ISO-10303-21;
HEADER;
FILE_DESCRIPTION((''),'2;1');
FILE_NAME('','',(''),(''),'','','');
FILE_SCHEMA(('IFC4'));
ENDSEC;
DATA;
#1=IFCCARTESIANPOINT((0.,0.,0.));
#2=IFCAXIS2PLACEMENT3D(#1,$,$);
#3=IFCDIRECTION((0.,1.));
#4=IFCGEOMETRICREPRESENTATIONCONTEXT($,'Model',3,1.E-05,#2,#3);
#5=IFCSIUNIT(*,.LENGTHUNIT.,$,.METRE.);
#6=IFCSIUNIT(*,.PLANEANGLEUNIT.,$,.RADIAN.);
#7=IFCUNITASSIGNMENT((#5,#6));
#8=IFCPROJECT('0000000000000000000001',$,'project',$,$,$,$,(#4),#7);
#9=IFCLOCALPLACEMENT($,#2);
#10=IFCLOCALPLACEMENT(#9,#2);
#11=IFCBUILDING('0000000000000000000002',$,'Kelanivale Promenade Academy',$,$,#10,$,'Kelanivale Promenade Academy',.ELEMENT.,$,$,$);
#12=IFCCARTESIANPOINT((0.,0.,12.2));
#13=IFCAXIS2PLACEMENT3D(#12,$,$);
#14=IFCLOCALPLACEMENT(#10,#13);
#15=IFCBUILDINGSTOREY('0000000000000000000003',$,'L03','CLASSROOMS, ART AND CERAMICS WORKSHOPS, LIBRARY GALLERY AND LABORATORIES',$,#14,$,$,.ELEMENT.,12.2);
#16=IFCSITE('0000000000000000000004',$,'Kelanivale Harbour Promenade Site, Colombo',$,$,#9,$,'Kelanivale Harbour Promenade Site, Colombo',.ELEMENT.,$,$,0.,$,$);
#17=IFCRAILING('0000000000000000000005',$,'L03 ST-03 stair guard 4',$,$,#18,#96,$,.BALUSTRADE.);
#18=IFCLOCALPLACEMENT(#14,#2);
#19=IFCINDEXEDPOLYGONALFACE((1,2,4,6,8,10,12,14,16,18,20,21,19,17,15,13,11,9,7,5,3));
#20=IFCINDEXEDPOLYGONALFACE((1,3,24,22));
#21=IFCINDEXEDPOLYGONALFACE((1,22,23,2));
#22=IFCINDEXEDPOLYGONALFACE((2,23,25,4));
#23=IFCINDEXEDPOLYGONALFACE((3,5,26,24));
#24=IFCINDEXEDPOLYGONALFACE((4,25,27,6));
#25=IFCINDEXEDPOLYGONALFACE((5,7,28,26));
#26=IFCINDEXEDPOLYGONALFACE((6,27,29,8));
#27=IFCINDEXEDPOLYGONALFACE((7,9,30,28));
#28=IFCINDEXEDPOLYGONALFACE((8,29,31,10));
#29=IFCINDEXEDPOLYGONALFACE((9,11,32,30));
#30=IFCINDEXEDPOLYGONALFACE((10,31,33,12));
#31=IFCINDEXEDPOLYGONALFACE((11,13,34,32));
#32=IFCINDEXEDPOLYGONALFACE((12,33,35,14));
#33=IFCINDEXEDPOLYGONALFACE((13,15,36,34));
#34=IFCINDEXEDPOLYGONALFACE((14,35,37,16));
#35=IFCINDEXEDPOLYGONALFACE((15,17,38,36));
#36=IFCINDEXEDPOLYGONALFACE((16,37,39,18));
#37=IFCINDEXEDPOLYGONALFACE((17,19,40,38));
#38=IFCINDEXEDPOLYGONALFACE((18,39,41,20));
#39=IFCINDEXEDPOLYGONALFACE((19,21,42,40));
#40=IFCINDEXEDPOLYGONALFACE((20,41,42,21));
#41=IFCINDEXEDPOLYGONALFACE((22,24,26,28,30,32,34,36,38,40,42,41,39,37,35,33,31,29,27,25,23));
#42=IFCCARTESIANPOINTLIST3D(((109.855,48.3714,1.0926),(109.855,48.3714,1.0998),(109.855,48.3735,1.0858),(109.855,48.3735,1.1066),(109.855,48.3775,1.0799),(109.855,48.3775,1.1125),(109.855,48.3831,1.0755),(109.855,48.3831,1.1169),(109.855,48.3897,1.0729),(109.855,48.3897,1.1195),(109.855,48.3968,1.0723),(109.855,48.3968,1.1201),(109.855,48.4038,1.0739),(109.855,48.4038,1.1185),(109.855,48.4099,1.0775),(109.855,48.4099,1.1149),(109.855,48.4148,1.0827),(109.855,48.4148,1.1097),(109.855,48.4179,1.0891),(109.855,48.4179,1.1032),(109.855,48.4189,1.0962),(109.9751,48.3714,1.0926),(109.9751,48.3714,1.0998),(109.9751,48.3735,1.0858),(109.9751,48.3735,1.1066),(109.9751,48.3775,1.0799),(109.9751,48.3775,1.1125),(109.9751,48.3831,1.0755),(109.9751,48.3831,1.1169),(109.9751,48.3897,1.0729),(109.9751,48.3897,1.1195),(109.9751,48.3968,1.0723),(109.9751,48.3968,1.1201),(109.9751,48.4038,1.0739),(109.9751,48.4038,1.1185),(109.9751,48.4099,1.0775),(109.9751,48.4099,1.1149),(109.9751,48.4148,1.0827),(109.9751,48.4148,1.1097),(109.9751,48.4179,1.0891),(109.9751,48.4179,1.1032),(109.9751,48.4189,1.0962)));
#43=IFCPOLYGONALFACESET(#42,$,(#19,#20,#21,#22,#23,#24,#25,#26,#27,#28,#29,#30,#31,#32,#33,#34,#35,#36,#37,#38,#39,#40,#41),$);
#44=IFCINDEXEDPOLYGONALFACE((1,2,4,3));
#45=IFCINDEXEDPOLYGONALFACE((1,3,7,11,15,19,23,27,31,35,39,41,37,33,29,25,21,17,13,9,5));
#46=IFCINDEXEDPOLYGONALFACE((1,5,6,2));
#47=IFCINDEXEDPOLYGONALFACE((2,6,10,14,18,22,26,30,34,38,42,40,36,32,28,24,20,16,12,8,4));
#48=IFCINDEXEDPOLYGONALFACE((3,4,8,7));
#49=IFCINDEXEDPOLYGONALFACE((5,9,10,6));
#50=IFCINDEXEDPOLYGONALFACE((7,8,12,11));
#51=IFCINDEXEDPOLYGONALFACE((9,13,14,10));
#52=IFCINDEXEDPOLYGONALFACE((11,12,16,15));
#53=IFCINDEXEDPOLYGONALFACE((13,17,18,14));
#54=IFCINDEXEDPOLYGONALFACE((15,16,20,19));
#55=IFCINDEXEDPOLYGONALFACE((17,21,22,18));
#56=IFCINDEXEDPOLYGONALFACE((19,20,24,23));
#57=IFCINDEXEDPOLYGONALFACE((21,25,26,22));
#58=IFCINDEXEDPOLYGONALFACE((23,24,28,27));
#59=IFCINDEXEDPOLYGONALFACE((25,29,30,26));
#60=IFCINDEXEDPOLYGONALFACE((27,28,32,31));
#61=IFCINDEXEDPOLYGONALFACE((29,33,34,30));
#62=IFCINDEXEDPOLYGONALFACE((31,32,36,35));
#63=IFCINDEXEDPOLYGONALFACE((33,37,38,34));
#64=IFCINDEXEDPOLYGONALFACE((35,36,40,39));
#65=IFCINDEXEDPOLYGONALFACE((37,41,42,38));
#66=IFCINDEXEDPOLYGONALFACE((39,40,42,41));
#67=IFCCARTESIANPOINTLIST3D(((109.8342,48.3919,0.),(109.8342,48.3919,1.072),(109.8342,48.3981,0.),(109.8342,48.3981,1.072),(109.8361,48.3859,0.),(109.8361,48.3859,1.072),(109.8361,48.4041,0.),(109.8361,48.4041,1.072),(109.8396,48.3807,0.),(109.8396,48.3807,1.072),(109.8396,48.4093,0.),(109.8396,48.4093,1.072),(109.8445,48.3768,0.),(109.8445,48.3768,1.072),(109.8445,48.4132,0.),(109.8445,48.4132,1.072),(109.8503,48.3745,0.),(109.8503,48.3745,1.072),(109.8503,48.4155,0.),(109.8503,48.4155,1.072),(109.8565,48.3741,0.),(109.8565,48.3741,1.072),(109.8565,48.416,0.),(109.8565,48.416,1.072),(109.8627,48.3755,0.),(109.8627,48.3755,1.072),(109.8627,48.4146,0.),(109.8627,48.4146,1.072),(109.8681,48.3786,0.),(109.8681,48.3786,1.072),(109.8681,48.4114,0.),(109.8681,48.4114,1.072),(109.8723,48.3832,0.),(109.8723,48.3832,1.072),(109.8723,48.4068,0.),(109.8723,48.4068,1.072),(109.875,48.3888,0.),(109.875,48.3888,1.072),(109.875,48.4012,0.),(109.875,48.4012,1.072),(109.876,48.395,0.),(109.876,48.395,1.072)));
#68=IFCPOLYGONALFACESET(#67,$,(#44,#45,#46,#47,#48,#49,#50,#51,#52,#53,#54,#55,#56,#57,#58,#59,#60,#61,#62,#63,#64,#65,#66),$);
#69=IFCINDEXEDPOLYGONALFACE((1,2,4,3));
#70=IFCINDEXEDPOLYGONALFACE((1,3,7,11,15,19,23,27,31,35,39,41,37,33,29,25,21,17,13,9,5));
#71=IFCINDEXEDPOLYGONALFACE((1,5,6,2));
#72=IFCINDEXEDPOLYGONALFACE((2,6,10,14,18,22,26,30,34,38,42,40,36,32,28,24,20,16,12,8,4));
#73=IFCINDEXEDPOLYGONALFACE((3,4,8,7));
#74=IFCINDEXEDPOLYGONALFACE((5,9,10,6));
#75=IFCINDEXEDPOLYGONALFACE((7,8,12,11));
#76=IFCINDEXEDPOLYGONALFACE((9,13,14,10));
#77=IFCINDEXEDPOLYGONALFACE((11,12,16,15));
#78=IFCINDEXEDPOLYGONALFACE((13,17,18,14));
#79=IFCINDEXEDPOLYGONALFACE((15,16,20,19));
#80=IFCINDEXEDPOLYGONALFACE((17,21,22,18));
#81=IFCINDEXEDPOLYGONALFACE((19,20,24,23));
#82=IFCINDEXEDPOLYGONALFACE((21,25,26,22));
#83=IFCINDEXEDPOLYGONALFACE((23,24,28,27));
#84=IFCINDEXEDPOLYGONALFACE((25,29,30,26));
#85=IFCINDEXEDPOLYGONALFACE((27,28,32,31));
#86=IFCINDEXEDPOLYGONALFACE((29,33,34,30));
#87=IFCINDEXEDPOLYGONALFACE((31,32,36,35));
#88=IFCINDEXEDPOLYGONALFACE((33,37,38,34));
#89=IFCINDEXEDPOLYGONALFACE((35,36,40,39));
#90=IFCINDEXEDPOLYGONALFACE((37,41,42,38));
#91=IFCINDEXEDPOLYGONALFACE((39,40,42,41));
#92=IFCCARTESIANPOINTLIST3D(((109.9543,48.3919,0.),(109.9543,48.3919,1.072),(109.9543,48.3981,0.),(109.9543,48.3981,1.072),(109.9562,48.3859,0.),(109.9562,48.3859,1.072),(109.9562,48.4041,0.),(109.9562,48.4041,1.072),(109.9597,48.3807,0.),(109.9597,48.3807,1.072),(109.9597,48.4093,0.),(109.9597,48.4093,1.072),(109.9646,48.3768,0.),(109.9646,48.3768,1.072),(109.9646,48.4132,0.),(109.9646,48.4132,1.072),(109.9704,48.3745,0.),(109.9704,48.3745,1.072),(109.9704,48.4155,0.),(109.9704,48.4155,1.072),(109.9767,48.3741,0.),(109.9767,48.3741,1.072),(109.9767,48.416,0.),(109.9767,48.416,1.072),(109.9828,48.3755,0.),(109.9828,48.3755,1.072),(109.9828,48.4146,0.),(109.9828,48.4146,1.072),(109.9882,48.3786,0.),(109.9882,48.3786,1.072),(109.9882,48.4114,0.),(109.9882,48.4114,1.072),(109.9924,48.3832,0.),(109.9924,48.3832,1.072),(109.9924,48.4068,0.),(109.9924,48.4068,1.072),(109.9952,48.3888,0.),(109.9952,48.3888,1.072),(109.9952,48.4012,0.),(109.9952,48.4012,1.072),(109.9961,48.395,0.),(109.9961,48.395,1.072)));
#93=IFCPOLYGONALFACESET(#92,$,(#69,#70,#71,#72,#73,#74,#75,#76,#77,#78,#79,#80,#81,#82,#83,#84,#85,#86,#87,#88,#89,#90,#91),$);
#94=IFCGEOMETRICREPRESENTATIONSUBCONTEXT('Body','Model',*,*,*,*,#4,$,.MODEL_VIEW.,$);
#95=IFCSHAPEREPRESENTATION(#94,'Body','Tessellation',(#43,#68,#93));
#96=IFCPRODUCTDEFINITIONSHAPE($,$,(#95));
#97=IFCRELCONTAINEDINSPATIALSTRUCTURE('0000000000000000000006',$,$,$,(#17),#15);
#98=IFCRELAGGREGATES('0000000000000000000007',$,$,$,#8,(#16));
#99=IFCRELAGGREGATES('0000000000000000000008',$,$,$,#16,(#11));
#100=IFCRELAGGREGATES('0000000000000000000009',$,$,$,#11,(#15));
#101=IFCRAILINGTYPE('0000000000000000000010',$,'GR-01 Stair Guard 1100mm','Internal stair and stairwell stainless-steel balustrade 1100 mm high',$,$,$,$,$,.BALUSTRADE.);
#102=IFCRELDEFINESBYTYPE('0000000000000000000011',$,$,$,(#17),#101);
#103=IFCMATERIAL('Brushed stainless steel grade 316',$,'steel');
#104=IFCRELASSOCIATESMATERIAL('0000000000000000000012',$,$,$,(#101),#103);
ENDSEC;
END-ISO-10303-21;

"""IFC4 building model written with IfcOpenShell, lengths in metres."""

from ifc_helpers import new_model, si_unit, direction, frame, origin, origin_2d, place, context, subcontext, project, spatial, circle, extrude, material, type_object, element, save


model = new_model("IFC4")

# Units and contexts
model_context = context("Model", 3, precision=1e-05, world=origin(), true_north=direction((0.0, 1.0)))
body_context = subcontext(model_context, "Body", "Model", "MODEL_VIEW")
ifc_project = project(units=[si_unit("LENGTHUNIT", "METRE"), si_unit("PLANEANGLEUNIT", "RADIAN")], contexts=[model_context])

# Site, building, storey
site_placement = place(None, origin())
site = spatial("IfcSite", under=ifc_project, at=site_placement, Name="Kelanivale Harbour Promenade Site, Colombo", LongName="Kelanivale Harbour Promenade Site, Colombo", CompositionType="ELEMENT", RefElevation=0.0)
building_placement = place(site_placement, origin())
building = spatial("IfcBuilding", under=site, at=building_placement, Name="Kelanivale Promenade Academy", LongName="Kelanivale Promenade Academy", CompositionType="ELEMENT")
storey_placement = place(building_placement, frame((0.0, 0.0, 12.2)))
storey = spatial("IfcBuildingStorey", under=building, at=storey_placement, Name="L03", Description="CLASSROOMS, ART AND CERAMICS WORKSHOPS, LIBRARY GALLERY AND LABORATORIES", CompositionType="ELEMENT", Elevation=12.2)

# Railing
ifc_material_1 = material(Name="Brushed stainless steel grade 316", Category="steel")
railing_type_1 = type_object("IfcRailingType", Name="GR-01 Stair Guard 1100mm", Description="Internal stair and stairwell stainless-steel balustrade 1100 mm high", PredefinedType="BALUSTRADE", material=ifc_material_1)
railing_1_placement = place(storey_placement, frame((109.855, 48.395, 0.0)))
element("IfcRailing", 1, at=railing_1_placement, inside=storey, type_object=railing_type_1, Name="L03 ST-03 stair guard 4", PredefinedType="BALUSTRADE", context=body_context, shape_type="SweptSolid", body=[
    extrude(circle(Radius=0.0239, at=origin_2d()), frame((0.0, 0.0, 1.0962), z_axis=(1.0, 0.0, 0.0), x_axis=(0.0, 1.0, 0.0)), (0.0, 0.0, 1.0), 0.1201),
    extrude(circle(Radius=0.021, at=origin_2d()), origin(), (0.0, 0.0, 1.0), 1.072),
    extrude(circle(Radius=0.021, at=origin_2d()), frame((0.1201, 0.0, 0.0)), (0.0, 0.0, 1.0), 1.072),
])

save(model, "model.ifc")
